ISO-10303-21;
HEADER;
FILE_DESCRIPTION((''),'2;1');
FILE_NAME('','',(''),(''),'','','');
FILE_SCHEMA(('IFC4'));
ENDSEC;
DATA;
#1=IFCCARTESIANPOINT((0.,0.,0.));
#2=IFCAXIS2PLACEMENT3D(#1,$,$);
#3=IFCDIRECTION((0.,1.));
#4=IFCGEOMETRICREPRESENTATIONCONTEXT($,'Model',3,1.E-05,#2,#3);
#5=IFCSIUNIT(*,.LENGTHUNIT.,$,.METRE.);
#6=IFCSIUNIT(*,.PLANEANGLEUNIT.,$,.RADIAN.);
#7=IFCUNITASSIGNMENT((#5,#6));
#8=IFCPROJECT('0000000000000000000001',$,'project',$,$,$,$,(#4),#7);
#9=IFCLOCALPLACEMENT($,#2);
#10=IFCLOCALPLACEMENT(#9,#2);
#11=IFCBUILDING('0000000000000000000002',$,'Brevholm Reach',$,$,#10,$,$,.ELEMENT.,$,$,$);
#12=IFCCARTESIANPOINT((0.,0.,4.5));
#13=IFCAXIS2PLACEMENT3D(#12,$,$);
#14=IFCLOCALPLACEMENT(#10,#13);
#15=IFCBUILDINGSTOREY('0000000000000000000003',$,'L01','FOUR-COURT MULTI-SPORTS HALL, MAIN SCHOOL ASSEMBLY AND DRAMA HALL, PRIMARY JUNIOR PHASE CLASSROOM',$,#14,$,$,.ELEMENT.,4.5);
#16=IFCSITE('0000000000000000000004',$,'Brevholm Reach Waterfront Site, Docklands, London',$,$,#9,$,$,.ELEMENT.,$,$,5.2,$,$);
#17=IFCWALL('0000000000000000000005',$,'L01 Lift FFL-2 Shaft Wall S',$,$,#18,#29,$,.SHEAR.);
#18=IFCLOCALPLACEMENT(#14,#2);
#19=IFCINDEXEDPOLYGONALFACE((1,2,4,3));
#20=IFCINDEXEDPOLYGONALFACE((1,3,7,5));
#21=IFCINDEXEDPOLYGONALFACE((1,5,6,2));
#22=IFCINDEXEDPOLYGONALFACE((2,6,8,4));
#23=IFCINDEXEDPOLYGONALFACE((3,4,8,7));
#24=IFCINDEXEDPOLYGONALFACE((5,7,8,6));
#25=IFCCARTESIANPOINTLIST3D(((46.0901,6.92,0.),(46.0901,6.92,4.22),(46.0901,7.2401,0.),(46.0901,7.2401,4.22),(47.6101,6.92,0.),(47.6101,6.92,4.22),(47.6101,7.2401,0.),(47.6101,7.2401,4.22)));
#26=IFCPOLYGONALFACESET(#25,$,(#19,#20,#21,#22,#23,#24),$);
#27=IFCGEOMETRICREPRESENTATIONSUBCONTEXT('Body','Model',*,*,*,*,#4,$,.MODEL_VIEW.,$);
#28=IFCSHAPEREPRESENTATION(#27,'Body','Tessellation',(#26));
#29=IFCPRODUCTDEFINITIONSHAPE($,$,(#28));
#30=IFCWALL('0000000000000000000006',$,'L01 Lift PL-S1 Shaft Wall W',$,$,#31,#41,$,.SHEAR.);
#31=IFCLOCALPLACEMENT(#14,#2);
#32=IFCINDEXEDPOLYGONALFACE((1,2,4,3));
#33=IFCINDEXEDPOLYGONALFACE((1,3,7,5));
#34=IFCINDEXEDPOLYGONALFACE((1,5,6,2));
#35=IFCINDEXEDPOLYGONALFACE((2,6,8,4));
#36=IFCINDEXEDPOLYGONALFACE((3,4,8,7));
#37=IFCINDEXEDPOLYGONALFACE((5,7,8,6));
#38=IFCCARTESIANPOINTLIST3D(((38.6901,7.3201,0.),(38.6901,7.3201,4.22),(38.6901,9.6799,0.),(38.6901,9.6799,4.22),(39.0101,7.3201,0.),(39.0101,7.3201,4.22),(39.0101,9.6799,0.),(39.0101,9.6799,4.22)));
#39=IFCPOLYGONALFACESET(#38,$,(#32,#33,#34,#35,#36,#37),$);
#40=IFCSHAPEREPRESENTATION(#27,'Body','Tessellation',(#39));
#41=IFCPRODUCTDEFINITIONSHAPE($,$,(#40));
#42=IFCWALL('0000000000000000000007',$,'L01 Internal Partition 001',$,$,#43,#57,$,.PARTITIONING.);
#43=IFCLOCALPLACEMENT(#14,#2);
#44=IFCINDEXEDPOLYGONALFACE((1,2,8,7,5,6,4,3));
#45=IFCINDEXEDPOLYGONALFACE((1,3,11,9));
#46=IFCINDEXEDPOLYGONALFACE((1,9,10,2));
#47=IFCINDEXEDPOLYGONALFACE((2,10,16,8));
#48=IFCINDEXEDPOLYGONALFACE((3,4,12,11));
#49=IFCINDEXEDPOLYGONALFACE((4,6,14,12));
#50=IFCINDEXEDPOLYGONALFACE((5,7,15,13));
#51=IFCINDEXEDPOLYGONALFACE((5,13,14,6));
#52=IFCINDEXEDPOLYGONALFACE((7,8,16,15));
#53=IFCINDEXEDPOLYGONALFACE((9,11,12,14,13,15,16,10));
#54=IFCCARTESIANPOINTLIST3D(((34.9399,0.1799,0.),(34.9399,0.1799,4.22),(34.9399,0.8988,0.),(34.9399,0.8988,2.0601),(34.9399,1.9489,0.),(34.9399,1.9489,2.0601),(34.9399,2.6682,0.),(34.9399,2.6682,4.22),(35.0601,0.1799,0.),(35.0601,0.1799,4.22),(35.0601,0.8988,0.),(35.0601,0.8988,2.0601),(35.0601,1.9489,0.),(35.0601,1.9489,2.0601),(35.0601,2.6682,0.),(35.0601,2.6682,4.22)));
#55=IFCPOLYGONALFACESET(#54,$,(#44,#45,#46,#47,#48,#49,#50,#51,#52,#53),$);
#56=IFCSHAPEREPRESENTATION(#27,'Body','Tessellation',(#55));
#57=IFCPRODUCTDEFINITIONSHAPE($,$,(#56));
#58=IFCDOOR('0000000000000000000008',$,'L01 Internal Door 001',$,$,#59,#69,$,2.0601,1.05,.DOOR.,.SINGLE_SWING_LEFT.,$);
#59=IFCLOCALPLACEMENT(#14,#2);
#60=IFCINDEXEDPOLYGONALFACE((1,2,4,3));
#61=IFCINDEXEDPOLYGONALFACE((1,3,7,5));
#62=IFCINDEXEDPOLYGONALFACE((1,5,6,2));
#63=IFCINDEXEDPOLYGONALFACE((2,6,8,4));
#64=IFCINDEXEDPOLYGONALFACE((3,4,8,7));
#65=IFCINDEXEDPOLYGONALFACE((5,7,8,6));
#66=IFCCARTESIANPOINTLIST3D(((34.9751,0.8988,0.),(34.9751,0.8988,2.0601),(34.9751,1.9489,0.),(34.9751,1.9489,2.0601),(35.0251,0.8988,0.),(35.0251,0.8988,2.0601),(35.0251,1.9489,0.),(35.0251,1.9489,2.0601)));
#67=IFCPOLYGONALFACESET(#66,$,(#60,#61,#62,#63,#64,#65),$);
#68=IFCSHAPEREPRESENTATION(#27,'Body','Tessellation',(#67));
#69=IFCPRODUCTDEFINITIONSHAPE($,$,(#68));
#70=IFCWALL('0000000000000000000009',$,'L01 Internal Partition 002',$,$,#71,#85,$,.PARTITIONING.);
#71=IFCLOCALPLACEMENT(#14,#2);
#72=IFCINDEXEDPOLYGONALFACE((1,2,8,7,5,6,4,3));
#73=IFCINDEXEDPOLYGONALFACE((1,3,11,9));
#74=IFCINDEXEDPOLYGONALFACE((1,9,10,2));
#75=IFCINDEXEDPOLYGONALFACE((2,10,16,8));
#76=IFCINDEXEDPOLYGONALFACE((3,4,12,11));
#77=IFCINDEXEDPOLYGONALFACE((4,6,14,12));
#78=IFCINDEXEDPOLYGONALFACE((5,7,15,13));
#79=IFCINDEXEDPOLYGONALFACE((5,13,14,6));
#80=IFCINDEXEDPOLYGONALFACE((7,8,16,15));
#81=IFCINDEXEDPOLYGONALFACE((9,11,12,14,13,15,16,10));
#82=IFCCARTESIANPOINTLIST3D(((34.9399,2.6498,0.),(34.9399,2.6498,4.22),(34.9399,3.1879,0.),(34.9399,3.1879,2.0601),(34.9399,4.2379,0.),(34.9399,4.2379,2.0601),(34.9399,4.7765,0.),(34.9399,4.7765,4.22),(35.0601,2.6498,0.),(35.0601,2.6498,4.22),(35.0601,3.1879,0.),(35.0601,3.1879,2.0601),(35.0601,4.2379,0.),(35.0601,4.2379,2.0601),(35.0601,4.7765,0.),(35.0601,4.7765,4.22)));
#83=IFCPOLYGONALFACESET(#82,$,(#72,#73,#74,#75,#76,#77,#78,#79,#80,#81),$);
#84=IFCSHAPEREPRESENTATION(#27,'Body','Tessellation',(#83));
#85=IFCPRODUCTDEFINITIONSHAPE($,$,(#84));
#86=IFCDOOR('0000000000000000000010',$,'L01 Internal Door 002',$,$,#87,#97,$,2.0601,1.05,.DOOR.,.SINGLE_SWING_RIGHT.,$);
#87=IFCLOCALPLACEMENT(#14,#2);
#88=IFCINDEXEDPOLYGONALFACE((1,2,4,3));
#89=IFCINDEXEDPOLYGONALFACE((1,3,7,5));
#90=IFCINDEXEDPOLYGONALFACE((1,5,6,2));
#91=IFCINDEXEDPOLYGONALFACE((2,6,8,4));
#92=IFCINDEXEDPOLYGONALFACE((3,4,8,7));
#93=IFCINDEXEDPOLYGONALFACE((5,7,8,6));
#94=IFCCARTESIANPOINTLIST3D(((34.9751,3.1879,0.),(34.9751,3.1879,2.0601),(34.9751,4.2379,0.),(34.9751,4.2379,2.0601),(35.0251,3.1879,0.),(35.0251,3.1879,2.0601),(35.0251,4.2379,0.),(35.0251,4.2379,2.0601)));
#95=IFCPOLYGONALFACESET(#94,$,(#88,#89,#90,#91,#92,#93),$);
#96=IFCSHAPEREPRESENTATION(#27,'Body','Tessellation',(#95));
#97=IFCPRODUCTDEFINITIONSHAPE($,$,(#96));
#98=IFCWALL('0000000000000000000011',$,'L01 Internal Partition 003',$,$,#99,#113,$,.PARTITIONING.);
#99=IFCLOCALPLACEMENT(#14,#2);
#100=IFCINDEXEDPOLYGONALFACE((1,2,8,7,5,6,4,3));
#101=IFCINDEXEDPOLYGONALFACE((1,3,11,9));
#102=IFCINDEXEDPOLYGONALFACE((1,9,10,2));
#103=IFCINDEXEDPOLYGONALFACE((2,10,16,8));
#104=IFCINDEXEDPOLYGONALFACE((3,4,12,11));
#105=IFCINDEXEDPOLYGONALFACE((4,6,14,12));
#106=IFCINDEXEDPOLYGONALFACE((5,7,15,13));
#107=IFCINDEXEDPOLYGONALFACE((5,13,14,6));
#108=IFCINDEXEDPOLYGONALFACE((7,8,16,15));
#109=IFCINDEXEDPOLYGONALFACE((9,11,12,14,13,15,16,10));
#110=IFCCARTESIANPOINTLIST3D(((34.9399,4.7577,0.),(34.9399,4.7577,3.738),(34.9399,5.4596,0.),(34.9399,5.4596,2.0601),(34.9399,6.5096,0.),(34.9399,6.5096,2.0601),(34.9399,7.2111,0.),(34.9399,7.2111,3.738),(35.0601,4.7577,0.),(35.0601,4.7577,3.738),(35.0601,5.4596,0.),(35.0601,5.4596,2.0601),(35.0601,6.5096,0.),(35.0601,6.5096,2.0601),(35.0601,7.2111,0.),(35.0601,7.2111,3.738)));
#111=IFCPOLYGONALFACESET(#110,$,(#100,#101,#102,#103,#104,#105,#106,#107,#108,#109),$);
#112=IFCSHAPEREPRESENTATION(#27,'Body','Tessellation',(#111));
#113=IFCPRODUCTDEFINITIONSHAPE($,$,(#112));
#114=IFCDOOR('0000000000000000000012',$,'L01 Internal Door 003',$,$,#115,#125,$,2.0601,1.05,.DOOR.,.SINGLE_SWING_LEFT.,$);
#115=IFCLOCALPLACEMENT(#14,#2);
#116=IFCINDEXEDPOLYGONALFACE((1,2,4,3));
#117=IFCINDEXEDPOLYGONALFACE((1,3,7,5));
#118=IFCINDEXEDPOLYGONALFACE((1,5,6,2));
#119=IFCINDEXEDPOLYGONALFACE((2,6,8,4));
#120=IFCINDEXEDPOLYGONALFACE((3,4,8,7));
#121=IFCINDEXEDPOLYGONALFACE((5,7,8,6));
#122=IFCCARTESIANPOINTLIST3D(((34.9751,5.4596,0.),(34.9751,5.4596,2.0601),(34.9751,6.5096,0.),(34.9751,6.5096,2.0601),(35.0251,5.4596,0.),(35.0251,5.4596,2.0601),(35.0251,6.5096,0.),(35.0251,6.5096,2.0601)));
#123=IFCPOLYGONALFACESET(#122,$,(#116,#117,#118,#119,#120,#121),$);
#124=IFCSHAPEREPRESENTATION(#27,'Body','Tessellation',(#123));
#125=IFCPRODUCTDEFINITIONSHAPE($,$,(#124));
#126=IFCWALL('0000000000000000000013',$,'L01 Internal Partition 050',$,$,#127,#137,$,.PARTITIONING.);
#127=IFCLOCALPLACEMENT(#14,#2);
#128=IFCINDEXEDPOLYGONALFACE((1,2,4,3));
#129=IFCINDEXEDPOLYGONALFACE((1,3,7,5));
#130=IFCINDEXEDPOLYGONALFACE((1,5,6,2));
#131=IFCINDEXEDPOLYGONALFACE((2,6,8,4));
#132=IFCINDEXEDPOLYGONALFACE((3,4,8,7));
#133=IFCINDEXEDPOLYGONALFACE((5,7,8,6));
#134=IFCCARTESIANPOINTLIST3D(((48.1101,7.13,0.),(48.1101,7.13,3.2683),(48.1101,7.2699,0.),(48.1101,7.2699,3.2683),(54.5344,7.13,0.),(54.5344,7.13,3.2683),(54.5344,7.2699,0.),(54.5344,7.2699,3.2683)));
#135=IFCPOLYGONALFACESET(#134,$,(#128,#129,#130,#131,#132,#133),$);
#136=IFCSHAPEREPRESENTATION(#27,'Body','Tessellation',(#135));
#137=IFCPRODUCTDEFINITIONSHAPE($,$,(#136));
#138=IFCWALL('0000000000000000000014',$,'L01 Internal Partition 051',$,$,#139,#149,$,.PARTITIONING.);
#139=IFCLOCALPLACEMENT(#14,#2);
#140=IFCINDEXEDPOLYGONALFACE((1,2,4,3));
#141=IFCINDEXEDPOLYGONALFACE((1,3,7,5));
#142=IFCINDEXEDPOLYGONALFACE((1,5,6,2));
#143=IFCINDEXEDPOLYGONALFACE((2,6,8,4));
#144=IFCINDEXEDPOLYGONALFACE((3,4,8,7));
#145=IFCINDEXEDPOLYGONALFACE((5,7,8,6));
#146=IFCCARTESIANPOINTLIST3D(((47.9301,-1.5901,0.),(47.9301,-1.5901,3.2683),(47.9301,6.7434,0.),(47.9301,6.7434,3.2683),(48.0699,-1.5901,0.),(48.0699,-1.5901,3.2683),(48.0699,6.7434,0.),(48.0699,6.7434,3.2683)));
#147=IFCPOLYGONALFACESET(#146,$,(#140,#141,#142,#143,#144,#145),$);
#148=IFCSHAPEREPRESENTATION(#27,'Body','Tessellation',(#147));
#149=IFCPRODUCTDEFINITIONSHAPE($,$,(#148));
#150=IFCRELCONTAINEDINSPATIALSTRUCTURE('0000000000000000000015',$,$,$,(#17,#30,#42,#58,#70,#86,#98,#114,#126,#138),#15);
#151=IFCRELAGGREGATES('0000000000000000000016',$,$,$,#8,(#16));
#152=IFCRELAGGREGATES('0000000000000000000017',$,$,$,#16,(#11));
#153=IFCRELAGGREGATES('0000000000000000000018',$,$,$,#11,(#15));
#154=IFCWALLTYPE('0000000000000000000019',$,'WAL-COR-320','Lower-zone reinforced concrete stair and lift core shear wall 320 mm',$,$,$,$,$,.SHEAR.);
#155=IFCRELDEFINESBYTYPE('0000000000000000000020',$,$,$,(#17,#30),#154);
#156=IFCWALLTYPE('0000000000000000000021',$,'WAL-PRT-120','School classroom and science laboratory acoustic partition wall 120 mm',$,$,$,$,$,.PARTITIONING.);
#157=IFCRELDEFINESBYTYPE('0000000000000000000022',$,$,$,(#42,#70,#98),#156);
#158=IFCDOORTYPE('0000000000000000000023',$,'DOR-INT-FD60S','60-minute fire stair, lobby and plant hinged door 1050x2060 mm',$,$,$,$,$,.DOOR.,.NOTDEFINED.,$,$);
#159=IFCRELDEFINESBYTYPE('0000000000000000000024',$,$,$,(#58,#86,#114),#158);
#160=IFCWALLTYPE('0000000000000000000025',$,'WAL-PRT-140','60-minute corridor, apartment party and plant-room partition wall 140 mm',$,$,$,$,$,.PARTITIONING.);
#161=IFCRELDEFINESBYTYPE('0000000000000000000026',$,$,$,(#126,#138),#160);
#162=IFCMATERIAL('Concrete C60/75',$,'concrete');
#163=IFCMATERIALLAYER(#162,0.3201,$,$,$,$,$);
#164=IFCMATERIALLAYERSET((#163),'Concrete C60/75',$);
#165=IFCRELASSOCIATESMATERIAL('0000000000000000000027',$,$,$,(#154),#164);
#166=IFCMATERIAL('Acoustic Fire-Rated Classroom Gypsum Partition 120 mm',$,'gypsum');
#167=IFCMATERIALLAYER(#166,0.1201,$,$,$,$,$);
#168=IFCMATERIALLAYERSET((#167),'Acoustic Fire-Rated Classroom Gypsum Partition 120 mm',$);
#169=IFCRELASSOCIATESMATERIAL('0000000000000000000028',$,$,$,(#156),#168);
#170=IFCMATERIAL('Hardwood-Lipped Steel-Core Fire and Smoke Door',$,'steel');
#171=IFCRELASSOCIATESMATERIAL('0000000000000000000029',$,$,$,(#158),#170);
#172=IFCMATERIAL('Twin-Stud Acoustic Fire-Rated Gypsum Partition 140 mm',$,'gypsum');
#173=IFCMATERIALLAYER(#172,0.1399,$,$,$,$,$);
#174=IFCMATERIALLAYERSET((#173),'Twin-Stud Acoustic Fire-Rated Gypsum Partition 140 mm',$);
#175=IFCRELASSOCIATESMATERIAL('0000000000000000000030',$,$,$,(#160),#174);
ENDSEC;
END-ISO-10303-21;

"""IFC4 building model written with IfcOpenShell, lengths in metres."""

from ifc_helpers import new_model, si_unit, direction, frame, frame_2d, origin, place, context, subcontext, project, spatial, rectangle, extrude, material, layer, layer_set, type_object, element, fill, save


model = new_model("IFC4")

# Units and contexts
model_context = context("Model", 3, precision=1e-05, world=origin(), true_north=direction((0.0, 1.0)))
body_context = subcontext(model_context, "Body", "Model", "MODEL_VIEW")
ifc_project = project(units=[si_unit("LENGTHUNIT", "METRE"), si_unit("PLANEANGLEUNIT", "RADIAN")], contexts=[model_context])

# Site, building, storey
site_placement = place(None, origin())
site = spatial("IfcSite", under=ifc_project, at=site_placement, Name="Brevholm Reach Waterfront Site, Docklands, London", CompositionType="ELEMENT", RefElevation=5.2)
building_placement = place(site_placement, origin())
building = spatial("IfcBuilding", under=site, at=building_placement, Name="Brevholm Reach", CompositionType="ELEMENT")
storey_placement = place(building_placement, frame((0.0, 0.0, 4.5)))
storey = spatial("IfcBuildingStorey", under=building, at=storey_placement, Name="L01", Description="FOUR-COURT MULTI-SPORTS HALL, MAIN SCHOOL ASSEMBLY AND DRAMA HALL, PRIMARY JUNIOR PHASE CLASSROOM", CompositionType="ELEMENT", Elevation=4.5)

# Walls
ifc_material_1 = material(Name="Concrete C60/75", Category="concrete")
ifc_layer_1 = layer(ifc_material_1, 0.3201)
ifc_layer_set_1 = layer_set([ifc_layer_1], Name="Concrete C60/75")
wall_type_1 = type_object("IfcWallType", Name="WAL-COR-320", Description="Lower-zone reinforced concrete stair and lift core shear wall 320 mm", PredefinedType="SHEAR", material=ifc_layer_set_1)
wall_1_placement = place(storey_placement, frame((46.0901, 7.0801, 0.0), z_axis=(0.0, 0.0, 1.0), x_axis=(1.0, 0.0, 0.0)))
element("IfcWall", 1, at=wall_1_placement, inside=storey, type_object=wall_type_1, Name="L01 Lift FFL-2 Shaft Wall S", PredefinedType="SHEAR", context=body_context, shape_type="SweptSolid", body=[
    extrude(rectangle(XDim=1.52, YDim=0.3201, at=frame_2d((0.76, 0.0))), origin(), (0.0, 0.0, 1.0), 4.22),
])
wall_2_placement = place(storey_placement, frame((38.8501, 7.3201, 0.0), z_axis=(0.0, 0.0, 1.0), x_axis=(0.0, 1.0, 0.0)))
element("IfcWall", 2, at=wall_2_placement, inside=storey, type_object=wall_type_1, Name="L01 Lift PL-S1 Shaft Wall W", PredefinedType="SHEAR", context=body_context, shape_type="SweptSolid", body=[
    extrude(rectangle(XDim=2.3599, YDim=0.3201, at=frame_2d((1.1799, 0.0))), origin(), (0.0, 0.0, 1.0), 4.22),
])

# Walls, openings, doors
ifc_material_2 = material(Name="Acoustic Fire-Rated Classroom Gypsum Partition 120 mm", Category="gypsum")
ifc_layer_2 = layer(ifc_material_2, 0.1201)
ifc_layer_set_2 = layer_set([ifc_layer_2], Name="Acoustic Fire-Rated Classroom Gypsum Partition 120 mm")
wall_type_2 = type_object("IfcWallType", Name="WAL-PRT-120", Description="School classroom and science laboratory acoustic partition wall 120 mm", PredefinedType="PARTITIONING", material=ifc_layer_set_2)
wall_3_placement = place(storey_placement, frame((35.0, 0.1799, 0.0), z_axis=(0.0, 0.0, 1.0), x_axis=(0.0, 1.0, 0.0)))
wall_3 = element("IfcWall", 3, at=wall_3_placement, inside=storey, type_object=wall_type_2, Name="L01 Internal Partition 001", PredefinedType="PARTITIONING", context=body_context, shape_type="SweptSolid", body=[
    extrude(rectangle(XDim=2.4883, YDim=0.1201, at=frame_2d((1.2441, 0.0))), origin(), (0.0, 0.0, 1.0), 4.22),
])
opening_1_placement = place(wall_3_placement, frame((0.719, 0.0, 0.0)))
opening_1 = element("IfcOpeningElement", 4, at=opening_1_placement, cuts=wall_3, PredefinedType="OPENING", context=body_context, shape_type="SweptSolid", body=[
    extrude(rectangle(XDim=1.05, YDim=2.0601, at=frame_2d((0.5249, 1.03))), frame((0.0, 0.0701, 0.0), z_axis=(0.0, -1.0, 0.0), x_axis=(1.0, 0.0, 0.0)), (0.0, 0.0, 1.0), 0.1401),
])
ifc_material_3 = material(Name="Hardwood-Lipped Steel-Core Fire and Smoke Door", Category="steel")
door_type = type_object("IfcDoorType", Name="DOR-INT-FD60S", Description="60-minute fire stair, lobby and plant hinged door 1050x2060 mm", OperationType="NOTDEFINED", PredefinedType="DOOR", material=ifc_material_3)
door_1_placement = place(opening_1_placement, origin())
door_1 = element("IfcDoor", 5, at=door_1_placement, inside=storey, type_object=door_type, Name="L01 Internal Door 001", OperationType="SINGLE_SWING_LEFT", OverallHeight=2.0601, OverallWidth=1.05, PredefinedType="DOOR", context=body_context, shape_type="SweptSolid", body=[
    extrude(rectangle(XDim=1.05, YDim=2.0601, at=frame_2d((0.5249, 1.03))), frame((0.0, 0.0249, 0.0), z_axis=(0.0, -1.0, 0.0), x_axis=(1.0, 0.0, 0.0)), (0.0, 0.0, 1.0), 0.05),
])
fill(opening_1, door_1)
wall_4_placement = place(storey_placement, frame((35.0, 2.6497, 0.0), z_axis=(0.0, 0.0, 1.0), x_axis=(0.0, 1.0, 0.0)))
wall_4 = element("IfcWall", 6, at=wall_4_placement, inside=storey, type_object=wall_type_2, Name="L01 Internal Partition 002", PredefinedType="PARTITIONING", context=body_context, shape_type="SweptSolid", body=[
    extrude(rectangle(XDim=2.1267, YDim=0.1201, at=frame_2d((1.0635, 0.0))), origin(), (0.0, 0.0, 1.0), 4.22),
])
opening_2_placement = place(wall_4_placement, frame((0.5383, 0.0, 0.0)))
opening_2 = element("IfcOpeningElement", 7, at=opening_2_placement, cuts=wall_4, PredefinedType="OPENING", context=body_context, shape_type="SweptSolid", body=[
    extrude(rectangle(XDim=1.05, YDim=2.0601, at=frame_2d((0.5249, 1.03))), frame((0.0, 0.0701, 0.0), z_axis=(0.0, -1.0, 0.0), x_axis=(1.0, 0.0, 0.0)), (0.0, 0.0, 1.0), 0.1401),
])
door_2_placement = place(opening_2_placement, origin())
door_2 = element("IfcDoor", 8, at=door_2_placement, inside=storey, type_object=door_type, Name="L01 Internal Door 002", OperationType="SINGLE_SWING_RIGHT", OverallHeight=2.0601, OverallWidth=1.05, PredefinedType="DOOR", context=body_context, shape_type="SweptSolid", body=[
    extrude(rectangle(XDim=1.05, YDim=2.0601, at=frame_2d((0.5249, 1.03))), frame((0.0, 0.0249, 0.0), z_axis=(0.0, -1.0, 0.0), x_axis=(1.0, 0.0, 0.0)), (0.0, 0.0, 1.0), 0.05),
])
fill(opening_2, door_2)
wall_5_placement = place(storey_placement, frame((35.0, 4.7578, 0.0), z_axis=(0.0, 0.0, 1.0), x_axis=(0.0, 1.0, 0.0)))
wall_5 = element("IfcWall", 9, at=wall_5_placement, inside=storey, type_object=wall_type_2, Name="L01 Internal Partition 003", PredefinedType="PARTITIONING", context=body_context, shape_type="SweptSolid", body=[
    extrude(rectangle(XDim=2.4534, YDim=0.1201, at=frame_2d((1.2266, 0.0))), origin(), (0.0, 0.0, 1.0), 3.738),
])
opening_3_placement = place(wall_5_placement, frame((0.7019, 0.0, 0.0)))
opening_3 = element("IfcOpeningElement", 10, at=opening_3_placement, cuts=wall_5, PredefinedType="OPENING", context=body_context, shape_type="SweptSolid", body=[
    extrude(rectangle(XDim=1.05, YDim=2.0601, at=frame_2d((0.5249, 1.03))), frame((0.0, 0.0701, 0.0), z_axis=(0.0, -1.0, 0.0), x_axis=(1.0, 0.0, 0.0)), (0.0, 0.0, 1.0), 0.1401),
])
door_3_placement = place(opening_3_placement, origin())
door_3 = element("IfcDoor", 11, at=door_3_placement, inside=storey, type_object=door_type, Name="L01 Internal Door 003", OperationType="SINGLE_SWING_LEFT", OverallHeight=2.0601, OverallWidth=1.05, PredefinedType="DOOR", context=body_context, shape_type="SweptSolid", body=[
    extrude(rectangle(XDim=1.05, YDim=2.0601, at=frame_2d((0.5249, 1.03))), frame((0.0, 0.0249, 0.0), z_axis=(0.0, -1.0, 0.0), x_axis=(1.0, 0.0, 0.0)), (0.0, 0.0, 1.0), 0.05),
])
fill(opening_3, door_3)

# Walls
ifc_material_4 = material(Name="Twin-Stud Acoustic Fire-Rated Gypsum Partition 140 mm", Category="gypsum")
ifc_layer_3 = layer(ifc_material_4, 0.1399)
ifc_layer_set_3 = layer_set([ifc_layer_3], Name="Twin-Stud Acoustic Fire-Rated Gypsum Partition 140 mm")
wall_type_3 = type_object("IfcWallType", Name="WAL-PRT-140", Description="60-minute corridor, apartment party and plant-room partition wall 140 mm", PredefinedType="PARTITIONING", material=ifc_layer_set_3)
wall_6_placement = place(storey_placement, frame((48.1101, 7.2, 0.0), z_axis=(0.0, 0.0, 1.0), x_axis=(1.0, 0.0, 0.0)))
element("IfcWall", 12, at=wall_6_placement, inside=storey, type_object=wall_type_3, Name="L01 Internal Partition 050", PredefinedType="PARTITIONING", context=body_context, shape_type="SweptSolid", body=[
    extrude(rectangle(XDim=6.4243, YDim=0.1399, at=frame_2d((3.2122, 0.0))), origin(), (0.0, 0.0, 1.0), 3.2683),
])
wall_7_placement = place(storey_placement, frame((48.0, -1.5901, 0.0), z_axis=(0.0, 0.0, 1.0), x_axis=(0.0, 1.0, 0.0)))
element("IfcWall", 13, at=wall_7_placement, inside=storey, type_object=wall_type_3, Name="L01 Internal Partition 051", PredefinedType="PARTITIONING", context=body_context, shape_type="SweptSolid", body=[
    extrude(rectangle(XDim=8.3335, YDim=0.1399, at=frame_2d((4.1667, 0.0))), origin(), (0.0, 0.0, 1.0), 3.2683),
])

save(model, "model.ifc")
